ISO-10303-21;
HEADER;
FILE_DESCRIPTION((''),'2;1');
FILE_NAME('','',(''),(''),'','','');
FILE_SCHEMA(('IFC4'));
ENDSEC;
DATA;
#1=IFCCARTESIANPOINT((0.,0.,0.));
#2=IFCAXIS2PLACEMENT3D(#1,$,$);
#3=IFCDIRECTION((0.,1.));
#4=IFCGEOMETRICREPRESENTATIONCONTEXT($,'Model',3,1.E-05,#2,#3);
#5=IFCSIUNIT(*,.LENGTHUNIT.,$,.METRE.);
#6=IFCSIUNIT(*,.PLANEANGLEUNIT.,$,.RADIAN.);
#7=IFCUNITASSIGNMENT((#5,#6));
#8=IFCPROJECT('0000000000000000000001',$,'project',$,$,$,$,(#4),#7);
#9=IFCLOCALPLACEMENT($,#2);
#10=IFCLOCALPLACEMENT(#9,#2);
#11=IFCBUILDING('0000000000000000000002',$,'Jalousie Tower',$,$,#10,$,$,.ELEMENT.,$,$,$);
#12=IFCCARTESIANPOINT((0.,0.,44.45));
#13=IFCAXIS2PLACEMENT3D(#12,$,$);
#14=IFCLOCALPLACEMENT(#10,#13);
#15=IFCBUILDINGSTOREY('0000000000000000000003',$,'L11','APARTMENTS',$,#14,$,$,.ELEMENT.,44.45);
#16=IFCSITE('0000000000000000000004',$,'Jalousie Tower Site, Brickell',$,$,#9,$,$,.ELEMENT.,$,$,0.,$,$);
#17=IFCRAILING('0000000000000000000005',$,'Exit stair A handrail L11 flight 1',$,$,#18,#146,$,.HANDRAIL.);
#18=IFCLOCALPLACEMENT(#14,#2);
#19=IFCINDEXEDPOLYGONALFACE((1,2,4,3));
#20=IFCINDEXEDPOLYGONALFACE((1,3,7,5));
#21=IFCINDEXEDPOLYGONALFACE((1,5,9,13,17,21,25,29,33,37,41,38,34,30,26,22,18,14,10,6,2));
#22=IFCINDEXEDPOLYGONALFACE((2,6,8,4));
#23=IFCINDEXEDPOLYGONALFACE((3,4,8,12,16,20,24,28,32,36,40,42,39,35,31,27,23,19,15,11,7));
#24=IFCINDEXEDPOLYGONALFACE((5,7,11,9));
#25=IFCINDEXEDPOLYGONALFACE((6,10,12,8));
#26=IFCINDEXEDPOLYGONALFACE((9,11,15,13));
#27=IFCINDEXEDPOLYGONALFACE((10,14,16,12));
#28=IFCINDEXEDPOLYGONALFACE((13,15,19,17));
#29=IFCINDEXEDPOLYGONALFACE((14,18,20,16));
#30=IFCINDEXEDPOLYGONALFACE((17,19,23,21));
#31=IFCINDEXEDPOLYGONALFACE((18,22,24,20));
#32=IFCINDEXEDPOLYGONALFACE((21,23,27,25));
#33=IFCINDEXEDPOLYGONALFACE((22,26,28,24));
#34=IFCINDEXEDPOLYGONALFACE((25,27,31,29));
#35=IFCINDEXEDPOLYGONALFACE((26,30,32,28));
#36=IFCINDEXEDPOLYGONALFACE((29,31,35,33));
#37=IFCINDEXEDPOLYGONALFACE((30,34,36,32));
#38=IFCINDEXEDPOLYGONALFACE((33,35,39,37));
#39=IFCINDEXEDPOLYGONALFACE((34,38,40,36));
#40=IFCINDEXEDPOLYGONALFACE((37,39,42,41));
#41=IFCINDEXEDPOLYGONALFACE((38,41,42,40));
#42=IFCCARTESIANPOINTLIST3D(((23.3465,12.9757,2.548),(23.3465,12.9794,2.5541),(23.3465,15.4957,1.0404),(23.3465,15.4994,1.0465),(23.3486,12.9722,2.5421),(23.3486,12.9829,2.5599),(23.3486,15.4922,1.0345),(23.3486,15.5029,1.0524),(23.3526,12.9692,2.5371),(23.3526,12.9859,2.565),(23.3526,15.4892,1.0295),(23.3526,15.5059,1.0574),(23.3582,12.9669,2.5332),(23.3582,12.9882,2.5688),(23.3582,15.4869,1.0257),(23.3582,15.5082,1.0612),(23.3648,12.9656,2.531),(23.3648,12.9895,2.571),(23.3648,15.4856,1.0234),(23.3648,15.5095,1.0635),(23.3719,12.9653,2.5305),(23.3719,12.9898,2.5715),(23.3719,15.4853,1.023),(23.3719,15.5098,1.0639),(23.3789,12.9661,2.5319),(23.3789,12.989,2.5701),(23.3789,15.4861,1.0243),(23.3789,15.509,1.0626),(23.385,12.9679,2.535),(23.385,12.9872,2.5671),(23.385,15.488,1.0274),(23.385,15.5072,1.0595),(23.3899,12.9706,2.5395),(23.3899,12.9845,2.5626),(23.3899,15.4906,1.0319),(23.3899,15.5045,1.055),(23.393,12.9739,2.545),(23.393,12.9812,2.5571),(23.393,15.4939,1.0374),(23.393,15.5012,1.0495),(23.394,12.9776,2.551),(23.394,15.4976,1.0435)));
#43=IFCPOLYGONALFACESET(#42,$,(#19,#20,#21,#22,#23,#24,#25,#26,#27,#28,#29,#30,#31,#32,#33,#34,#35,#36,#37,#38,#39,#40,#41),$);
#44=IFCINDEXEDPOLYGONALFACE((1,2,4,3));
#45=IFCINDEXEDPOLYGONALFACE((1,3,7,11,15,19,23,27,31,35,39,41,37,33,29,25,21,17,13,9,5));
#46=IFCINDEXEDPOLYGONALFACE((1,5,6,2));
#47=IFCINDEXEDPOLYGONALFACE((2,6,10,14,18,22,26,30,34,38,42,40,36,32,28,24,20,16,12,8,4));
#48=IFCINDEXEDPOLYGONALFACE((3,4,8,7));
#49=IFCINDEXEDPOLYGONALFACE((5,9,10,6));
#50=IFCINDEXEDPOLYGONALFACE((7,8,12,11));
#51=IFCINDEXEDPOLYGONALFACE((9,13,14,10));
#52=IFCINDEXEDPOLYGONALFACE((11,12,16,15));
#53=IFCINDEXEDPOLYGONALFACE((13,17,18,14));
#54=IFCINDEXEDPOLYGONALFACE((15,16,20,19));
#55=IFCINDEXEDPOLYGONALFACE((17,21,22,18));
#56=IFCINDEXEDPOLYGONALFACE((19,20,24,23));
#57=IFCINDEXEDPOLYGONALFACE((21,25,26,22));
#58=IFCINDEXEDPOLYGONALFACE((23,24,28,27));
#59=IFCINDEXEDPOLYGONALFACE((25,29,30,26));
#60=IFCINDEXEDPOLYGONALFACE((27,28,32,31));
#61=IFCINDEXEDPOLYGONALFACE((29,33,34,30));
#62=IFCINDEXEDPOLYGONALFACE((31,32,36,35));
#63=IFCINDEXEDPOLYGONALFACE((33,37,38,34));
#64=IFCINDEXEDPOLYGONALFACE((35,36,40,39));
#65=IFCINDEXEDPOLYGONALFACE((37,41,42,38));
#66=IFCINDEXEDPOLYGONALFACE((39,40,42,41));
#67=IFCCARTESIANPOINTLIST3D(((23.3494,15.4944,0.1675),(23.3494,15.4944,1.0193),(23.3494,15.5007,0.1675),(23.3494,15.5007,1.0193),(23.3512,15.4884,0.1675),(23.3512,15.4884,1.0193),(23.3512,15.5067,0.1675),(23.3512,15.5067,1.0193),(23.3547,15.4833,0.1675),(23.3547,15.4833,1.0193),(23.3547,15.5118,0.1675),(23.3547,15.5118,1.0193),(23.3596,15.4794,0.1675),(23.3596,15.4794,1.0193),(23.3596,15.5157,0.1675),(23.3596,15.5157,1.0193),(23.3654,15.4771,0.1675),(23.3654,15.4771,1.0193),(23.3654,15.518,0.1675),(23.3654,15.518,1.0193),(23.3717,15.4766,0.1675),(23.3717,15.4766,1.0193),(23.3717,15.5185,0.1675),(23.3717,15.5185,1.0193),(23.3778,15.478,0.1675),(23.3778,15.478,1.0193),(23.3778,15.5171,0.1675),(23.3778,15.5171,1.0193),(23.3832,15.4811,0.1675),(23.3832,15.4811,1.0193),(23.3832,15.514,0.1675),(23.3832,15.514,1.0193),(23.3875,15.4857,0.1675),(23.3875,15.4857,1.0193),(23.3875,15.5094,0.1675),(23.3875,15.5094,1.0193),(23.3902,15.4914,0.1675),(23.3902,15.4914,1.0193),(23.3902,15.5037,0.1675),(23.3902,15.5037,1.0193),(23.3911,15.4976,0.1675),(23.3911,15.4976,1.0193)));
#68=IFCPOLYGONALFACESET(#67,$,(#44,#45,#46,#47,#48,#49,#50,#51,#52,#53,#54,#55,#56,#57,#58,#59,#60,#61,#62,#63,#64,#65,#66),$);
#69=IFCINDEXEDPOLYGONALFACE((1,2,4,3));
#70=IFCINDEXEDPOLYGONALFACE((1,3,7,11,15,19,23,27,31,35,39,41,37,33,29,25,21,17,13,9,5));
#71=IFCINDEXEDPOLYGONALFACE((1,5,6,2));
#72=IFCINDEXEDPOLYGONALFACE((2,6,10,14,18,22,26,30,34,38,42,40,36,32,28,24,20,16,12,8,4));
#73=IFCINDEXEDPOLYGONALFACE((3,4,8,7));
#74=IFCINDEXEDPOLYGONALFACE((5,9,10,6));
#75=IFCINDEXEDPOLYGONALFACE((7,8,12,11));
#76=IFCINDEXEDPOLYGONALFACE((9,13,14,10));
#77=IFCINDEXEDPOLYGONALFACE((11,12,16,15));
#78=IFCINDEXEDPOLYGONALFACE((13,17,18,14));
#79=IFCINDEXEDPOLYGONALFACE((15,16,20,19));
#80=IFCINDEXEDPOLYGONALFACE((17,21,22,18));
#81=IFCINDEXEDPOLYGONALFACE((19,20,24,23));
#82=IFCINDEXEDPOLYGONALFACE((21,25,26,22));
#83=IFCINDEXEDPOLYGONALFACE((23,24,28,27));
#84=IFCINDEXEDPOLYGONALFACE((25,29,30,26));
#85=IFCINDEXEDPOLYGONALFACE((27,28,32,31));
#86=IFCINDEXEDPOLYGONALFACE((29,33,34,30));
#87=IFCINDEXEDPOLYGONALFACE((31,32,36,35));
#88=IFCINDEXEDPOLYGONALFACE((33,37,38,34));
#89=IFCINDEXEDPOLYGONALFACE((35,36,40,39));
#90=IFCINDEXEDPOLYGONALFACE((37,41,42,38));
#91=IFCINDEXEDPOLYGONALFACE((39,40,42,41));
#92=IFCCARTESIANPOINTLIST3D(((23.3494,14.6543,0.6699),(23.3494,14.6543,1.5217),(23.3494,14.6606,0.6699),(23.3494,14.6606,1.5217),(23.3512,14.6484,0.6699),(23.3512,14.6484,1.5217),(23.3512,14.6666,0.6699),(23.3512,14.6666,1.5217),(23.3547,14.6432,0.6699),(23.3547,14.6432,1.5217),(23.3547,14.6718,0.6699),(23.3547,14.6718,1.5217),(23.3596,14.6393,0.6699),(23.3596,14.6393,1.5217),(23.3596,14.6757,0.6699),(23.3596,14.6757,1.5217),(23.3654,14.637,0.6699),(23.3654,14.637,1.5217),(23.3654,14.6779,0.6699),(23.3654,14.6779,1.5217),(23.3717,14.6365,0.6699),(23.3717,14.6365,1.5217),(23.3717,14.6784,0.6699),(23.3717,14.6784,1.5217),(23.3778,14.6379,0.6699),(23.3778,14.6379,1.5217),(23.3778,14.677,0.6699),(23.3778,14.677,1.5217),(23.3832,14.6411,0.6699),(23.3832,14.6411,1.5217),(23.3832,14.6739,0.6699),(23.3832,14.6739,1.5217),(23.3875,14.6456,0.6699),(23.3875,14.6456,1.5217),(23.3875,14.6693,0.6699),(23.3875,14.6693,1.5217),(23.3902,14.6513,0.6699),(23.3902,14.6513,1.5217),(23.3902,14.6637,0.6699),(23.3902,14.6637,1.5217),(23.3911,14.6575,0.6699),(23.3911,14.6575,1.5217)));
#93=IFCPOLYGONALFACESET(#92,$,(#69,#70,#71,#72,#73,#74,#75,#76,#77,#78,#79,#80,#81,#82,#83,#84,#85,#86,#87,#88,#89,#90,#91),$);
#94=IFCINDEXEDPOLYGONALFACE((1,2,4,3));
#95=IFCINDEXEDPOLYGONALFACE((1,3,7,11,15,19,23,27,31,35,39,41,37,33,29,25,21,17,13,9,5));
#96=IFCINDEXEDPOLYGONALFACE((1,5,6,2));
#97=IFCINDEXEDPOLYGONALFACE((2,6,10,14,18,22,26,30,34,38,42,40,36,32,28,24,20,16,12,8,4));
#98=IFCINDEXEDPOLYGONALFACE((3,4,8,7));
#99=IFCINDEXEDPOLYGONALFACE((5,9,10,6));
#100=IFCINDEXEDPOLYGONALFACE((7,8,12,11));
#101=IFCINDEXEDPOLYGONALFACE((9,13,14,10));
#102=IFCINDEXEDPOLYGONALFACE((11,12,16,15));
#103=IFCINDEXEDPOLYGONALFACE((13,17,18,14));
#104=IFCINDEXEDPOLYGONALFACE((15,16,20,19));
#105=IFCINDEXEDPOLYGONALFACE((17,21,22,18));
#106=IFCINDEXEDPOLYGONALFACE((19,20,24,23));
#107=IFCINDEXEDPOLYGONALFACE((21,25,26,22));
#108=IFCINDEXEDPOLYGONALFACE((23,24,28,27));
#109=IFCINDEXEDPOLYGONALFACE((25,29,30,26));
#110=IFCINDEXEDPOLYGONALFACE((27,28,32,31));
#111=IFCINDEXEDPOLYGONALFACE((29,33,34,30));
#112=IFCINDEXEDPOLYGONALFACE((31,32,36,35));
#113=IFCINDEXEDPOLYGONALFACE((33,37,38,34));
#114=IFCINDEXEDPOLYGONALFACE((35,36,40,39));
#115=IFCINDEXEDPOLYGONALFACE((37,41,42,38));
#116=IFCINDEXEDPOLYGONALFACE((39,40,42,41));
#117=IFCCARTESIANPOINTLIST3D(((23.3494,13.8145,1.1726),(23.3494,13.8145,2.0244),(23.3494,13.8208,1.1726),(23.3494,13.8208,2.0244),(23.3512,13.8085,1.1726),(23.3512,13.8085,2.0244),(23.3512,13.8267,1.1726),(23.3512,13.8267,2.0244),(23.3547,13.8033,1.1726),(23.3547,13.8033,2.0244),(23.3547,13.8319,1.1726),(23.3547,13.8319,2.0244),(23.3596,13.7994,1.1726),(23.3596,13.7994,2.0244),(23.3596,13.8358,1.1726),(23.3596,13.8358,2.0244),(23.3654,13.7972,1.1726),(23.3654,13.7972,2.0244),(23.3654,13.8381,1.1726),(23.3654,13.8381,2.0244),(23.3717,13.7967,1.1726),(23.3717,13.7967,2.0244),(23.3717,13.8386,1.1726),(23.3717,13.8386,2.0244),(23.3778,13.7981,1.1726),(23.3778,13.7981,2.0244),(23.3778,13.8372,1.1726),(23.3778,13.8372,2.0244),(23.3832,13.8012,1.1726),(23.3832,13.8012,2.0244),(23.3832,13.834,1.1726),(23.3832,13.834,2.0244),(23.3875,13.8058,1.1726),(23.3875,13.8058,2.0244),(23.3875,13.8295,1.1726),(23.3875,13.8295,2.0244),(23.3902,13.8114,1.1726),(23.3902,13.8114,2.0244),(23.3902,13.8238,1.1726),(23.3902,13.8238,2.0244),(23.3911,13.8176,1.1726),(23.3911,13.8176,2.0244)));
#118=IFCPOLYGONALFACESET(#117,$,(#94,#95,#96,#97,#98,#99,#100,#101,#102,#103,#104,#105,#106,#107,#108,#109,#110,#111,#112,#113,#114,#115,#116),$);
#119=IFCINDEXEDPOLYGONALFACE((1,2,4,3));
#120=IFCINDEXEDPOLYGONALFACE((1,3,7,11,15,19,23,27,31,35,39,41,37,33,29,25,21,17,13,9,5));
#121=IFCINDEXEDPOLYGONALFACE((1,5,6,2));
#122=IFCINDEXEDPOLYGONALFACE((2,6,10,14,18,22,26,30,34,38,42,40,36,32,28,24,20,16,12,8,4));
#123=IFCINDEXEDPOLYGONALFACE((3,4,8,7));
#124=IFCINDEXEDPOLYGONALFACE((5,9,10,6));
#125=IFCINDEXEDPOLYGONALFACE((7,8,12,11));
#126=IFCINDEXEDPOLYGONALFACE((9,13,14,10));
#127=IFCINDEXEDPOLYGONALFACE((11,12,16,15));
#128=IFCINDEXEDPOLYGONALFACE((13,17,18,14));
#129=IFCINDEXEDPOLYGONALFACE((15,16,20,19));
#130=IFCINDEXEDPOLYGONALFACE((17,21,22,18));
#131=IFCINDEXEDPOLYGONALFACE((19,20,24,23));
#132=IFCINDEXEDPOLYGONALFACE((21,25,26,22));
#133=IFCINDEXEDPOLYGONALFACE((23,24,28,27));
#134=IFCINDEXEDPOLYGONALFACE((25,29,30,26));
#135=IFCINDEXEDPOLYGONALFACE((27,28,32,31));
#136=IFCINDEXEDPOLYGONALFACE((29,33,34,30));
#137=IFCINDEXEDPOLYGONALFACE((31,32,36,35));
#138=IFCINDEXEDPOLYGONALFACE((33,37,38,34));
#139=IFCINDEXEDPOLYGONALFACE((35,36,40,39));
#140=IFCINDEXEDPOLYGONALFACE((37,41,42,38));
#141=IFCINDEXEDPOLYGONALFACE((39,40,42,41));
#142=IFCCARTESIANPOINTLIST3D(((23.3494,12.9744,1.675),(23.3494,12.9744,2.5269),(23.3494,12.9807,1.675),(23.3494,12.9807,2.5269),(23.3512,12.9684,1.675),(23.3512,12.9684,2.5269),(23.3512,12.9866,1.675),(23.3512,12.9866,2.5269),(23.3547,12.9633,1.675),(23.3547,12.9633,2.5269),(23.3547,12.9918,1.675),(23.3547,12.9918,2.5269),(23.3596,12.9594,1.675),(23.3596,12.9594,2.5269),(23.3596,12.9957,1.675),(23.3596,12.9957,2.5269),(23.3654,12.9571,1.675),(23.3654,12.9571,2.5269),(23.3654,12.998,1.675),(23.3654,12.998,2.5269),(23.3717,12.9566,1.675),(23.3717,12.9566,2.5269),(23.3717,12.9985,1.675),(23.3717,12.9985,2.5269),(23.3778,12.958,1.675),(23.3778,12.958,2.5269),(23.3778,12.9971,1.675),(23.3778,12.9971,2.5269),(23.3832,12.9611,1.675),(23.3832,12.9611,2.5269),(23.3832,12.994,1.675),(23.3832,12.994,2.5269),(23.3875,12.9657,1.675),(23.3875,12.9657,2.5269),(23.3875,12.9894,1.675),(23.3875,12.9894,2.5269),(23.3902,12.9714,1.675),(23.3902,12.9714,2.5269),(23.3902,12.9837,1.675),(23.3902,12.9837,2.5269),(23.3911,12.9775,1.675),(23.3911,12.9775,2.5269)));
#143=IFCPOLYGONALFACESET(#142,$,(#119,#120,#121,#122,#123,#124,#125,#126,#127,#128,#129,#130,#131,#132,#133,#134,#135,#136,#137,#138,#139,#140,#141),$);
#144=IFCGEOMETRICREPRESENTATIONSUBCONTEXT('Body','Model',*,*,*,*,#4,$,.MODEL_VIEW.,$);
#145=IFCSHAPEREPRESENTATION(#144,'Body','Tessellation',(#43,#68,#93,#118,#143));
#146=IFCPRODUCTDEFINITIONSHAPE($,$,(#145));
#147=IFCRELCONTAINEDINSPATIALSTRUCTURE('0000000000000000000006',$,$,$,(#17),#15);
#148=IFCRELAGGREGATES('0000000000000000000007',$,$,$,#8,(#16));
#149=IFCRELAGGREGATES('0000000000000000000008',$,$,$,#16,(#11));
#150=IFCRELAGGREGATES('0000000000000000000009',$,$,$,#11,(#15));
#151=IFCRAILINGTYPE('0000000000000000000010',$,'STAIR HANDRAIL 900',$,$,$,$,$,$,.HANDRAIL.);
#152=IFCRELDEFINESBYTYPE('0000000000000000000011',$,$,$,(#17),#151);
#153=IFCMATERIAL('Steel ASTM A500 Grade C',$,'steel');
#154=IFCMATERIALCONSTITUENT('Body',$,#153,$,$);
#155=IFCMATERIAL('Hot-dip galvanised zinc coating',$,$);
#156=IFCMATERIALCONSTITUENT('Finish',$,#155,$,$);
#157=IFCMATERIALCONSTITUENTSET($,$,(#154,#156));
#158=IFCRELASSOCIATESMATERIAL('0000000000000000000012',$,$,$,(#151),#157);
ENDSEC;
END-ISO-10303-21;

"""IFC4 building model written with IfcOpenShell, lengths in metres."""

from ifc_helpers import new_model, si_unit, direction, frame, origin, origin_2d, place, context, subcontext, project, spatial, circle, extrude, material, constituent, constituent_set, type_object, element, save


model = new_model("IFC4")

# Units and contexts
model_context = context("Model", 3, precision=1e-05, world=origin(), true_north=direction((0.0, 1.0)))
body_context = subcontext(model_context, "Body", "Model", "MODEL_VIEW")
ifc_project = project(units=[si_unit("LENGTHUNIT", "METRE"), si_unit("PLANEANGLEUNIT", "RADIAN")], contexts=[model_context])

# Site, building, storey
site_placement = place(None, origin())
site = spatial("IfcSite", under=ifc_project, at=site_placement, Name="Jalousie Tower Site, Brickell", CompositionType="ELEMENT", RefElevation=0.0)
building_placement = place(site_placement, origin())
building = spatial("IfcBuilding", under=site, at=building_placement, Name="Jalousie Tower", CompositionType="ELEMENT")
storey_placement = place(building_placement, frame((0.0, 0.0, 44.45)))
storey = spatial("IfcBuildingStorey", under=building, at=storey_placement, Name="L11", Description="APARTMENTS", CompositionType="ELEMENT", Elevation=44.45)

# Railing
ifc_material_1 = material(Name="Steel ASTM A500 Grade C", Category="steel")
ifc_constituent_1 = constituent(ifc_material_1, Name="Body")
ifc_material_2 = material(Name="Hot-dip galvanised zinc coating")
ifc_constituent_2 = constituent(ifc_material_2, Name="Finish")
ifc_constituent_set_1 = constituent_set(constituents=[ifc_constituent_1, ifc_constituent_2])
railing_type_1 = type_object("IfcRailingType", Name="STAIR HANDRAIL 900", PredefinedType="HANDRAIL", material=ifc_constituent_set_1)
railing_1_placement = place(storey_placement, frame((23.3701, 15.4976, 0.1675)))
element("IfcRailing", 1, at=railing_1_placement, inside=storey, type_object=railing_type_1, Name="Exit stair A handrail L11 flight 1", PredefinedType="HANDRAIL", context=body_context, shape_type="SweptSolid", body=[
    extrude(circle(Radius=0.0239, at=origin_2d()), frame((0.0, 0.0, 0.876), z_axis=(0.0, -0.85816, 0.513383), x_axis=(1.0, 0.0, 0.0)), (0.0, 0.0, 1.0), 2.9365),
    extrude(circle(Radius=0.021, at=origin_2d()), origin(), (0.0, 0.0, 1.0), 0.8518),
    extrude(circle(Radius=0.021, at=origin_2d()), frame((0.0, -0.8401, 0.5024)), (0.0, 0.0, 1.0), 0.8518),
    extrude(circle(Radius=0.021, at=origin_2d()), frame((0.0, -1.6799, 1.0051)), (0.0, 0.0, 1.0), 0.8518),
    extrude(circle(Radius=0.021, at=origin_2d()), frame((0.0, -2.52, 1.5076)), (0.0, 0.0, 1.0), 0.8518),
])

save(model, "model.ifc")
